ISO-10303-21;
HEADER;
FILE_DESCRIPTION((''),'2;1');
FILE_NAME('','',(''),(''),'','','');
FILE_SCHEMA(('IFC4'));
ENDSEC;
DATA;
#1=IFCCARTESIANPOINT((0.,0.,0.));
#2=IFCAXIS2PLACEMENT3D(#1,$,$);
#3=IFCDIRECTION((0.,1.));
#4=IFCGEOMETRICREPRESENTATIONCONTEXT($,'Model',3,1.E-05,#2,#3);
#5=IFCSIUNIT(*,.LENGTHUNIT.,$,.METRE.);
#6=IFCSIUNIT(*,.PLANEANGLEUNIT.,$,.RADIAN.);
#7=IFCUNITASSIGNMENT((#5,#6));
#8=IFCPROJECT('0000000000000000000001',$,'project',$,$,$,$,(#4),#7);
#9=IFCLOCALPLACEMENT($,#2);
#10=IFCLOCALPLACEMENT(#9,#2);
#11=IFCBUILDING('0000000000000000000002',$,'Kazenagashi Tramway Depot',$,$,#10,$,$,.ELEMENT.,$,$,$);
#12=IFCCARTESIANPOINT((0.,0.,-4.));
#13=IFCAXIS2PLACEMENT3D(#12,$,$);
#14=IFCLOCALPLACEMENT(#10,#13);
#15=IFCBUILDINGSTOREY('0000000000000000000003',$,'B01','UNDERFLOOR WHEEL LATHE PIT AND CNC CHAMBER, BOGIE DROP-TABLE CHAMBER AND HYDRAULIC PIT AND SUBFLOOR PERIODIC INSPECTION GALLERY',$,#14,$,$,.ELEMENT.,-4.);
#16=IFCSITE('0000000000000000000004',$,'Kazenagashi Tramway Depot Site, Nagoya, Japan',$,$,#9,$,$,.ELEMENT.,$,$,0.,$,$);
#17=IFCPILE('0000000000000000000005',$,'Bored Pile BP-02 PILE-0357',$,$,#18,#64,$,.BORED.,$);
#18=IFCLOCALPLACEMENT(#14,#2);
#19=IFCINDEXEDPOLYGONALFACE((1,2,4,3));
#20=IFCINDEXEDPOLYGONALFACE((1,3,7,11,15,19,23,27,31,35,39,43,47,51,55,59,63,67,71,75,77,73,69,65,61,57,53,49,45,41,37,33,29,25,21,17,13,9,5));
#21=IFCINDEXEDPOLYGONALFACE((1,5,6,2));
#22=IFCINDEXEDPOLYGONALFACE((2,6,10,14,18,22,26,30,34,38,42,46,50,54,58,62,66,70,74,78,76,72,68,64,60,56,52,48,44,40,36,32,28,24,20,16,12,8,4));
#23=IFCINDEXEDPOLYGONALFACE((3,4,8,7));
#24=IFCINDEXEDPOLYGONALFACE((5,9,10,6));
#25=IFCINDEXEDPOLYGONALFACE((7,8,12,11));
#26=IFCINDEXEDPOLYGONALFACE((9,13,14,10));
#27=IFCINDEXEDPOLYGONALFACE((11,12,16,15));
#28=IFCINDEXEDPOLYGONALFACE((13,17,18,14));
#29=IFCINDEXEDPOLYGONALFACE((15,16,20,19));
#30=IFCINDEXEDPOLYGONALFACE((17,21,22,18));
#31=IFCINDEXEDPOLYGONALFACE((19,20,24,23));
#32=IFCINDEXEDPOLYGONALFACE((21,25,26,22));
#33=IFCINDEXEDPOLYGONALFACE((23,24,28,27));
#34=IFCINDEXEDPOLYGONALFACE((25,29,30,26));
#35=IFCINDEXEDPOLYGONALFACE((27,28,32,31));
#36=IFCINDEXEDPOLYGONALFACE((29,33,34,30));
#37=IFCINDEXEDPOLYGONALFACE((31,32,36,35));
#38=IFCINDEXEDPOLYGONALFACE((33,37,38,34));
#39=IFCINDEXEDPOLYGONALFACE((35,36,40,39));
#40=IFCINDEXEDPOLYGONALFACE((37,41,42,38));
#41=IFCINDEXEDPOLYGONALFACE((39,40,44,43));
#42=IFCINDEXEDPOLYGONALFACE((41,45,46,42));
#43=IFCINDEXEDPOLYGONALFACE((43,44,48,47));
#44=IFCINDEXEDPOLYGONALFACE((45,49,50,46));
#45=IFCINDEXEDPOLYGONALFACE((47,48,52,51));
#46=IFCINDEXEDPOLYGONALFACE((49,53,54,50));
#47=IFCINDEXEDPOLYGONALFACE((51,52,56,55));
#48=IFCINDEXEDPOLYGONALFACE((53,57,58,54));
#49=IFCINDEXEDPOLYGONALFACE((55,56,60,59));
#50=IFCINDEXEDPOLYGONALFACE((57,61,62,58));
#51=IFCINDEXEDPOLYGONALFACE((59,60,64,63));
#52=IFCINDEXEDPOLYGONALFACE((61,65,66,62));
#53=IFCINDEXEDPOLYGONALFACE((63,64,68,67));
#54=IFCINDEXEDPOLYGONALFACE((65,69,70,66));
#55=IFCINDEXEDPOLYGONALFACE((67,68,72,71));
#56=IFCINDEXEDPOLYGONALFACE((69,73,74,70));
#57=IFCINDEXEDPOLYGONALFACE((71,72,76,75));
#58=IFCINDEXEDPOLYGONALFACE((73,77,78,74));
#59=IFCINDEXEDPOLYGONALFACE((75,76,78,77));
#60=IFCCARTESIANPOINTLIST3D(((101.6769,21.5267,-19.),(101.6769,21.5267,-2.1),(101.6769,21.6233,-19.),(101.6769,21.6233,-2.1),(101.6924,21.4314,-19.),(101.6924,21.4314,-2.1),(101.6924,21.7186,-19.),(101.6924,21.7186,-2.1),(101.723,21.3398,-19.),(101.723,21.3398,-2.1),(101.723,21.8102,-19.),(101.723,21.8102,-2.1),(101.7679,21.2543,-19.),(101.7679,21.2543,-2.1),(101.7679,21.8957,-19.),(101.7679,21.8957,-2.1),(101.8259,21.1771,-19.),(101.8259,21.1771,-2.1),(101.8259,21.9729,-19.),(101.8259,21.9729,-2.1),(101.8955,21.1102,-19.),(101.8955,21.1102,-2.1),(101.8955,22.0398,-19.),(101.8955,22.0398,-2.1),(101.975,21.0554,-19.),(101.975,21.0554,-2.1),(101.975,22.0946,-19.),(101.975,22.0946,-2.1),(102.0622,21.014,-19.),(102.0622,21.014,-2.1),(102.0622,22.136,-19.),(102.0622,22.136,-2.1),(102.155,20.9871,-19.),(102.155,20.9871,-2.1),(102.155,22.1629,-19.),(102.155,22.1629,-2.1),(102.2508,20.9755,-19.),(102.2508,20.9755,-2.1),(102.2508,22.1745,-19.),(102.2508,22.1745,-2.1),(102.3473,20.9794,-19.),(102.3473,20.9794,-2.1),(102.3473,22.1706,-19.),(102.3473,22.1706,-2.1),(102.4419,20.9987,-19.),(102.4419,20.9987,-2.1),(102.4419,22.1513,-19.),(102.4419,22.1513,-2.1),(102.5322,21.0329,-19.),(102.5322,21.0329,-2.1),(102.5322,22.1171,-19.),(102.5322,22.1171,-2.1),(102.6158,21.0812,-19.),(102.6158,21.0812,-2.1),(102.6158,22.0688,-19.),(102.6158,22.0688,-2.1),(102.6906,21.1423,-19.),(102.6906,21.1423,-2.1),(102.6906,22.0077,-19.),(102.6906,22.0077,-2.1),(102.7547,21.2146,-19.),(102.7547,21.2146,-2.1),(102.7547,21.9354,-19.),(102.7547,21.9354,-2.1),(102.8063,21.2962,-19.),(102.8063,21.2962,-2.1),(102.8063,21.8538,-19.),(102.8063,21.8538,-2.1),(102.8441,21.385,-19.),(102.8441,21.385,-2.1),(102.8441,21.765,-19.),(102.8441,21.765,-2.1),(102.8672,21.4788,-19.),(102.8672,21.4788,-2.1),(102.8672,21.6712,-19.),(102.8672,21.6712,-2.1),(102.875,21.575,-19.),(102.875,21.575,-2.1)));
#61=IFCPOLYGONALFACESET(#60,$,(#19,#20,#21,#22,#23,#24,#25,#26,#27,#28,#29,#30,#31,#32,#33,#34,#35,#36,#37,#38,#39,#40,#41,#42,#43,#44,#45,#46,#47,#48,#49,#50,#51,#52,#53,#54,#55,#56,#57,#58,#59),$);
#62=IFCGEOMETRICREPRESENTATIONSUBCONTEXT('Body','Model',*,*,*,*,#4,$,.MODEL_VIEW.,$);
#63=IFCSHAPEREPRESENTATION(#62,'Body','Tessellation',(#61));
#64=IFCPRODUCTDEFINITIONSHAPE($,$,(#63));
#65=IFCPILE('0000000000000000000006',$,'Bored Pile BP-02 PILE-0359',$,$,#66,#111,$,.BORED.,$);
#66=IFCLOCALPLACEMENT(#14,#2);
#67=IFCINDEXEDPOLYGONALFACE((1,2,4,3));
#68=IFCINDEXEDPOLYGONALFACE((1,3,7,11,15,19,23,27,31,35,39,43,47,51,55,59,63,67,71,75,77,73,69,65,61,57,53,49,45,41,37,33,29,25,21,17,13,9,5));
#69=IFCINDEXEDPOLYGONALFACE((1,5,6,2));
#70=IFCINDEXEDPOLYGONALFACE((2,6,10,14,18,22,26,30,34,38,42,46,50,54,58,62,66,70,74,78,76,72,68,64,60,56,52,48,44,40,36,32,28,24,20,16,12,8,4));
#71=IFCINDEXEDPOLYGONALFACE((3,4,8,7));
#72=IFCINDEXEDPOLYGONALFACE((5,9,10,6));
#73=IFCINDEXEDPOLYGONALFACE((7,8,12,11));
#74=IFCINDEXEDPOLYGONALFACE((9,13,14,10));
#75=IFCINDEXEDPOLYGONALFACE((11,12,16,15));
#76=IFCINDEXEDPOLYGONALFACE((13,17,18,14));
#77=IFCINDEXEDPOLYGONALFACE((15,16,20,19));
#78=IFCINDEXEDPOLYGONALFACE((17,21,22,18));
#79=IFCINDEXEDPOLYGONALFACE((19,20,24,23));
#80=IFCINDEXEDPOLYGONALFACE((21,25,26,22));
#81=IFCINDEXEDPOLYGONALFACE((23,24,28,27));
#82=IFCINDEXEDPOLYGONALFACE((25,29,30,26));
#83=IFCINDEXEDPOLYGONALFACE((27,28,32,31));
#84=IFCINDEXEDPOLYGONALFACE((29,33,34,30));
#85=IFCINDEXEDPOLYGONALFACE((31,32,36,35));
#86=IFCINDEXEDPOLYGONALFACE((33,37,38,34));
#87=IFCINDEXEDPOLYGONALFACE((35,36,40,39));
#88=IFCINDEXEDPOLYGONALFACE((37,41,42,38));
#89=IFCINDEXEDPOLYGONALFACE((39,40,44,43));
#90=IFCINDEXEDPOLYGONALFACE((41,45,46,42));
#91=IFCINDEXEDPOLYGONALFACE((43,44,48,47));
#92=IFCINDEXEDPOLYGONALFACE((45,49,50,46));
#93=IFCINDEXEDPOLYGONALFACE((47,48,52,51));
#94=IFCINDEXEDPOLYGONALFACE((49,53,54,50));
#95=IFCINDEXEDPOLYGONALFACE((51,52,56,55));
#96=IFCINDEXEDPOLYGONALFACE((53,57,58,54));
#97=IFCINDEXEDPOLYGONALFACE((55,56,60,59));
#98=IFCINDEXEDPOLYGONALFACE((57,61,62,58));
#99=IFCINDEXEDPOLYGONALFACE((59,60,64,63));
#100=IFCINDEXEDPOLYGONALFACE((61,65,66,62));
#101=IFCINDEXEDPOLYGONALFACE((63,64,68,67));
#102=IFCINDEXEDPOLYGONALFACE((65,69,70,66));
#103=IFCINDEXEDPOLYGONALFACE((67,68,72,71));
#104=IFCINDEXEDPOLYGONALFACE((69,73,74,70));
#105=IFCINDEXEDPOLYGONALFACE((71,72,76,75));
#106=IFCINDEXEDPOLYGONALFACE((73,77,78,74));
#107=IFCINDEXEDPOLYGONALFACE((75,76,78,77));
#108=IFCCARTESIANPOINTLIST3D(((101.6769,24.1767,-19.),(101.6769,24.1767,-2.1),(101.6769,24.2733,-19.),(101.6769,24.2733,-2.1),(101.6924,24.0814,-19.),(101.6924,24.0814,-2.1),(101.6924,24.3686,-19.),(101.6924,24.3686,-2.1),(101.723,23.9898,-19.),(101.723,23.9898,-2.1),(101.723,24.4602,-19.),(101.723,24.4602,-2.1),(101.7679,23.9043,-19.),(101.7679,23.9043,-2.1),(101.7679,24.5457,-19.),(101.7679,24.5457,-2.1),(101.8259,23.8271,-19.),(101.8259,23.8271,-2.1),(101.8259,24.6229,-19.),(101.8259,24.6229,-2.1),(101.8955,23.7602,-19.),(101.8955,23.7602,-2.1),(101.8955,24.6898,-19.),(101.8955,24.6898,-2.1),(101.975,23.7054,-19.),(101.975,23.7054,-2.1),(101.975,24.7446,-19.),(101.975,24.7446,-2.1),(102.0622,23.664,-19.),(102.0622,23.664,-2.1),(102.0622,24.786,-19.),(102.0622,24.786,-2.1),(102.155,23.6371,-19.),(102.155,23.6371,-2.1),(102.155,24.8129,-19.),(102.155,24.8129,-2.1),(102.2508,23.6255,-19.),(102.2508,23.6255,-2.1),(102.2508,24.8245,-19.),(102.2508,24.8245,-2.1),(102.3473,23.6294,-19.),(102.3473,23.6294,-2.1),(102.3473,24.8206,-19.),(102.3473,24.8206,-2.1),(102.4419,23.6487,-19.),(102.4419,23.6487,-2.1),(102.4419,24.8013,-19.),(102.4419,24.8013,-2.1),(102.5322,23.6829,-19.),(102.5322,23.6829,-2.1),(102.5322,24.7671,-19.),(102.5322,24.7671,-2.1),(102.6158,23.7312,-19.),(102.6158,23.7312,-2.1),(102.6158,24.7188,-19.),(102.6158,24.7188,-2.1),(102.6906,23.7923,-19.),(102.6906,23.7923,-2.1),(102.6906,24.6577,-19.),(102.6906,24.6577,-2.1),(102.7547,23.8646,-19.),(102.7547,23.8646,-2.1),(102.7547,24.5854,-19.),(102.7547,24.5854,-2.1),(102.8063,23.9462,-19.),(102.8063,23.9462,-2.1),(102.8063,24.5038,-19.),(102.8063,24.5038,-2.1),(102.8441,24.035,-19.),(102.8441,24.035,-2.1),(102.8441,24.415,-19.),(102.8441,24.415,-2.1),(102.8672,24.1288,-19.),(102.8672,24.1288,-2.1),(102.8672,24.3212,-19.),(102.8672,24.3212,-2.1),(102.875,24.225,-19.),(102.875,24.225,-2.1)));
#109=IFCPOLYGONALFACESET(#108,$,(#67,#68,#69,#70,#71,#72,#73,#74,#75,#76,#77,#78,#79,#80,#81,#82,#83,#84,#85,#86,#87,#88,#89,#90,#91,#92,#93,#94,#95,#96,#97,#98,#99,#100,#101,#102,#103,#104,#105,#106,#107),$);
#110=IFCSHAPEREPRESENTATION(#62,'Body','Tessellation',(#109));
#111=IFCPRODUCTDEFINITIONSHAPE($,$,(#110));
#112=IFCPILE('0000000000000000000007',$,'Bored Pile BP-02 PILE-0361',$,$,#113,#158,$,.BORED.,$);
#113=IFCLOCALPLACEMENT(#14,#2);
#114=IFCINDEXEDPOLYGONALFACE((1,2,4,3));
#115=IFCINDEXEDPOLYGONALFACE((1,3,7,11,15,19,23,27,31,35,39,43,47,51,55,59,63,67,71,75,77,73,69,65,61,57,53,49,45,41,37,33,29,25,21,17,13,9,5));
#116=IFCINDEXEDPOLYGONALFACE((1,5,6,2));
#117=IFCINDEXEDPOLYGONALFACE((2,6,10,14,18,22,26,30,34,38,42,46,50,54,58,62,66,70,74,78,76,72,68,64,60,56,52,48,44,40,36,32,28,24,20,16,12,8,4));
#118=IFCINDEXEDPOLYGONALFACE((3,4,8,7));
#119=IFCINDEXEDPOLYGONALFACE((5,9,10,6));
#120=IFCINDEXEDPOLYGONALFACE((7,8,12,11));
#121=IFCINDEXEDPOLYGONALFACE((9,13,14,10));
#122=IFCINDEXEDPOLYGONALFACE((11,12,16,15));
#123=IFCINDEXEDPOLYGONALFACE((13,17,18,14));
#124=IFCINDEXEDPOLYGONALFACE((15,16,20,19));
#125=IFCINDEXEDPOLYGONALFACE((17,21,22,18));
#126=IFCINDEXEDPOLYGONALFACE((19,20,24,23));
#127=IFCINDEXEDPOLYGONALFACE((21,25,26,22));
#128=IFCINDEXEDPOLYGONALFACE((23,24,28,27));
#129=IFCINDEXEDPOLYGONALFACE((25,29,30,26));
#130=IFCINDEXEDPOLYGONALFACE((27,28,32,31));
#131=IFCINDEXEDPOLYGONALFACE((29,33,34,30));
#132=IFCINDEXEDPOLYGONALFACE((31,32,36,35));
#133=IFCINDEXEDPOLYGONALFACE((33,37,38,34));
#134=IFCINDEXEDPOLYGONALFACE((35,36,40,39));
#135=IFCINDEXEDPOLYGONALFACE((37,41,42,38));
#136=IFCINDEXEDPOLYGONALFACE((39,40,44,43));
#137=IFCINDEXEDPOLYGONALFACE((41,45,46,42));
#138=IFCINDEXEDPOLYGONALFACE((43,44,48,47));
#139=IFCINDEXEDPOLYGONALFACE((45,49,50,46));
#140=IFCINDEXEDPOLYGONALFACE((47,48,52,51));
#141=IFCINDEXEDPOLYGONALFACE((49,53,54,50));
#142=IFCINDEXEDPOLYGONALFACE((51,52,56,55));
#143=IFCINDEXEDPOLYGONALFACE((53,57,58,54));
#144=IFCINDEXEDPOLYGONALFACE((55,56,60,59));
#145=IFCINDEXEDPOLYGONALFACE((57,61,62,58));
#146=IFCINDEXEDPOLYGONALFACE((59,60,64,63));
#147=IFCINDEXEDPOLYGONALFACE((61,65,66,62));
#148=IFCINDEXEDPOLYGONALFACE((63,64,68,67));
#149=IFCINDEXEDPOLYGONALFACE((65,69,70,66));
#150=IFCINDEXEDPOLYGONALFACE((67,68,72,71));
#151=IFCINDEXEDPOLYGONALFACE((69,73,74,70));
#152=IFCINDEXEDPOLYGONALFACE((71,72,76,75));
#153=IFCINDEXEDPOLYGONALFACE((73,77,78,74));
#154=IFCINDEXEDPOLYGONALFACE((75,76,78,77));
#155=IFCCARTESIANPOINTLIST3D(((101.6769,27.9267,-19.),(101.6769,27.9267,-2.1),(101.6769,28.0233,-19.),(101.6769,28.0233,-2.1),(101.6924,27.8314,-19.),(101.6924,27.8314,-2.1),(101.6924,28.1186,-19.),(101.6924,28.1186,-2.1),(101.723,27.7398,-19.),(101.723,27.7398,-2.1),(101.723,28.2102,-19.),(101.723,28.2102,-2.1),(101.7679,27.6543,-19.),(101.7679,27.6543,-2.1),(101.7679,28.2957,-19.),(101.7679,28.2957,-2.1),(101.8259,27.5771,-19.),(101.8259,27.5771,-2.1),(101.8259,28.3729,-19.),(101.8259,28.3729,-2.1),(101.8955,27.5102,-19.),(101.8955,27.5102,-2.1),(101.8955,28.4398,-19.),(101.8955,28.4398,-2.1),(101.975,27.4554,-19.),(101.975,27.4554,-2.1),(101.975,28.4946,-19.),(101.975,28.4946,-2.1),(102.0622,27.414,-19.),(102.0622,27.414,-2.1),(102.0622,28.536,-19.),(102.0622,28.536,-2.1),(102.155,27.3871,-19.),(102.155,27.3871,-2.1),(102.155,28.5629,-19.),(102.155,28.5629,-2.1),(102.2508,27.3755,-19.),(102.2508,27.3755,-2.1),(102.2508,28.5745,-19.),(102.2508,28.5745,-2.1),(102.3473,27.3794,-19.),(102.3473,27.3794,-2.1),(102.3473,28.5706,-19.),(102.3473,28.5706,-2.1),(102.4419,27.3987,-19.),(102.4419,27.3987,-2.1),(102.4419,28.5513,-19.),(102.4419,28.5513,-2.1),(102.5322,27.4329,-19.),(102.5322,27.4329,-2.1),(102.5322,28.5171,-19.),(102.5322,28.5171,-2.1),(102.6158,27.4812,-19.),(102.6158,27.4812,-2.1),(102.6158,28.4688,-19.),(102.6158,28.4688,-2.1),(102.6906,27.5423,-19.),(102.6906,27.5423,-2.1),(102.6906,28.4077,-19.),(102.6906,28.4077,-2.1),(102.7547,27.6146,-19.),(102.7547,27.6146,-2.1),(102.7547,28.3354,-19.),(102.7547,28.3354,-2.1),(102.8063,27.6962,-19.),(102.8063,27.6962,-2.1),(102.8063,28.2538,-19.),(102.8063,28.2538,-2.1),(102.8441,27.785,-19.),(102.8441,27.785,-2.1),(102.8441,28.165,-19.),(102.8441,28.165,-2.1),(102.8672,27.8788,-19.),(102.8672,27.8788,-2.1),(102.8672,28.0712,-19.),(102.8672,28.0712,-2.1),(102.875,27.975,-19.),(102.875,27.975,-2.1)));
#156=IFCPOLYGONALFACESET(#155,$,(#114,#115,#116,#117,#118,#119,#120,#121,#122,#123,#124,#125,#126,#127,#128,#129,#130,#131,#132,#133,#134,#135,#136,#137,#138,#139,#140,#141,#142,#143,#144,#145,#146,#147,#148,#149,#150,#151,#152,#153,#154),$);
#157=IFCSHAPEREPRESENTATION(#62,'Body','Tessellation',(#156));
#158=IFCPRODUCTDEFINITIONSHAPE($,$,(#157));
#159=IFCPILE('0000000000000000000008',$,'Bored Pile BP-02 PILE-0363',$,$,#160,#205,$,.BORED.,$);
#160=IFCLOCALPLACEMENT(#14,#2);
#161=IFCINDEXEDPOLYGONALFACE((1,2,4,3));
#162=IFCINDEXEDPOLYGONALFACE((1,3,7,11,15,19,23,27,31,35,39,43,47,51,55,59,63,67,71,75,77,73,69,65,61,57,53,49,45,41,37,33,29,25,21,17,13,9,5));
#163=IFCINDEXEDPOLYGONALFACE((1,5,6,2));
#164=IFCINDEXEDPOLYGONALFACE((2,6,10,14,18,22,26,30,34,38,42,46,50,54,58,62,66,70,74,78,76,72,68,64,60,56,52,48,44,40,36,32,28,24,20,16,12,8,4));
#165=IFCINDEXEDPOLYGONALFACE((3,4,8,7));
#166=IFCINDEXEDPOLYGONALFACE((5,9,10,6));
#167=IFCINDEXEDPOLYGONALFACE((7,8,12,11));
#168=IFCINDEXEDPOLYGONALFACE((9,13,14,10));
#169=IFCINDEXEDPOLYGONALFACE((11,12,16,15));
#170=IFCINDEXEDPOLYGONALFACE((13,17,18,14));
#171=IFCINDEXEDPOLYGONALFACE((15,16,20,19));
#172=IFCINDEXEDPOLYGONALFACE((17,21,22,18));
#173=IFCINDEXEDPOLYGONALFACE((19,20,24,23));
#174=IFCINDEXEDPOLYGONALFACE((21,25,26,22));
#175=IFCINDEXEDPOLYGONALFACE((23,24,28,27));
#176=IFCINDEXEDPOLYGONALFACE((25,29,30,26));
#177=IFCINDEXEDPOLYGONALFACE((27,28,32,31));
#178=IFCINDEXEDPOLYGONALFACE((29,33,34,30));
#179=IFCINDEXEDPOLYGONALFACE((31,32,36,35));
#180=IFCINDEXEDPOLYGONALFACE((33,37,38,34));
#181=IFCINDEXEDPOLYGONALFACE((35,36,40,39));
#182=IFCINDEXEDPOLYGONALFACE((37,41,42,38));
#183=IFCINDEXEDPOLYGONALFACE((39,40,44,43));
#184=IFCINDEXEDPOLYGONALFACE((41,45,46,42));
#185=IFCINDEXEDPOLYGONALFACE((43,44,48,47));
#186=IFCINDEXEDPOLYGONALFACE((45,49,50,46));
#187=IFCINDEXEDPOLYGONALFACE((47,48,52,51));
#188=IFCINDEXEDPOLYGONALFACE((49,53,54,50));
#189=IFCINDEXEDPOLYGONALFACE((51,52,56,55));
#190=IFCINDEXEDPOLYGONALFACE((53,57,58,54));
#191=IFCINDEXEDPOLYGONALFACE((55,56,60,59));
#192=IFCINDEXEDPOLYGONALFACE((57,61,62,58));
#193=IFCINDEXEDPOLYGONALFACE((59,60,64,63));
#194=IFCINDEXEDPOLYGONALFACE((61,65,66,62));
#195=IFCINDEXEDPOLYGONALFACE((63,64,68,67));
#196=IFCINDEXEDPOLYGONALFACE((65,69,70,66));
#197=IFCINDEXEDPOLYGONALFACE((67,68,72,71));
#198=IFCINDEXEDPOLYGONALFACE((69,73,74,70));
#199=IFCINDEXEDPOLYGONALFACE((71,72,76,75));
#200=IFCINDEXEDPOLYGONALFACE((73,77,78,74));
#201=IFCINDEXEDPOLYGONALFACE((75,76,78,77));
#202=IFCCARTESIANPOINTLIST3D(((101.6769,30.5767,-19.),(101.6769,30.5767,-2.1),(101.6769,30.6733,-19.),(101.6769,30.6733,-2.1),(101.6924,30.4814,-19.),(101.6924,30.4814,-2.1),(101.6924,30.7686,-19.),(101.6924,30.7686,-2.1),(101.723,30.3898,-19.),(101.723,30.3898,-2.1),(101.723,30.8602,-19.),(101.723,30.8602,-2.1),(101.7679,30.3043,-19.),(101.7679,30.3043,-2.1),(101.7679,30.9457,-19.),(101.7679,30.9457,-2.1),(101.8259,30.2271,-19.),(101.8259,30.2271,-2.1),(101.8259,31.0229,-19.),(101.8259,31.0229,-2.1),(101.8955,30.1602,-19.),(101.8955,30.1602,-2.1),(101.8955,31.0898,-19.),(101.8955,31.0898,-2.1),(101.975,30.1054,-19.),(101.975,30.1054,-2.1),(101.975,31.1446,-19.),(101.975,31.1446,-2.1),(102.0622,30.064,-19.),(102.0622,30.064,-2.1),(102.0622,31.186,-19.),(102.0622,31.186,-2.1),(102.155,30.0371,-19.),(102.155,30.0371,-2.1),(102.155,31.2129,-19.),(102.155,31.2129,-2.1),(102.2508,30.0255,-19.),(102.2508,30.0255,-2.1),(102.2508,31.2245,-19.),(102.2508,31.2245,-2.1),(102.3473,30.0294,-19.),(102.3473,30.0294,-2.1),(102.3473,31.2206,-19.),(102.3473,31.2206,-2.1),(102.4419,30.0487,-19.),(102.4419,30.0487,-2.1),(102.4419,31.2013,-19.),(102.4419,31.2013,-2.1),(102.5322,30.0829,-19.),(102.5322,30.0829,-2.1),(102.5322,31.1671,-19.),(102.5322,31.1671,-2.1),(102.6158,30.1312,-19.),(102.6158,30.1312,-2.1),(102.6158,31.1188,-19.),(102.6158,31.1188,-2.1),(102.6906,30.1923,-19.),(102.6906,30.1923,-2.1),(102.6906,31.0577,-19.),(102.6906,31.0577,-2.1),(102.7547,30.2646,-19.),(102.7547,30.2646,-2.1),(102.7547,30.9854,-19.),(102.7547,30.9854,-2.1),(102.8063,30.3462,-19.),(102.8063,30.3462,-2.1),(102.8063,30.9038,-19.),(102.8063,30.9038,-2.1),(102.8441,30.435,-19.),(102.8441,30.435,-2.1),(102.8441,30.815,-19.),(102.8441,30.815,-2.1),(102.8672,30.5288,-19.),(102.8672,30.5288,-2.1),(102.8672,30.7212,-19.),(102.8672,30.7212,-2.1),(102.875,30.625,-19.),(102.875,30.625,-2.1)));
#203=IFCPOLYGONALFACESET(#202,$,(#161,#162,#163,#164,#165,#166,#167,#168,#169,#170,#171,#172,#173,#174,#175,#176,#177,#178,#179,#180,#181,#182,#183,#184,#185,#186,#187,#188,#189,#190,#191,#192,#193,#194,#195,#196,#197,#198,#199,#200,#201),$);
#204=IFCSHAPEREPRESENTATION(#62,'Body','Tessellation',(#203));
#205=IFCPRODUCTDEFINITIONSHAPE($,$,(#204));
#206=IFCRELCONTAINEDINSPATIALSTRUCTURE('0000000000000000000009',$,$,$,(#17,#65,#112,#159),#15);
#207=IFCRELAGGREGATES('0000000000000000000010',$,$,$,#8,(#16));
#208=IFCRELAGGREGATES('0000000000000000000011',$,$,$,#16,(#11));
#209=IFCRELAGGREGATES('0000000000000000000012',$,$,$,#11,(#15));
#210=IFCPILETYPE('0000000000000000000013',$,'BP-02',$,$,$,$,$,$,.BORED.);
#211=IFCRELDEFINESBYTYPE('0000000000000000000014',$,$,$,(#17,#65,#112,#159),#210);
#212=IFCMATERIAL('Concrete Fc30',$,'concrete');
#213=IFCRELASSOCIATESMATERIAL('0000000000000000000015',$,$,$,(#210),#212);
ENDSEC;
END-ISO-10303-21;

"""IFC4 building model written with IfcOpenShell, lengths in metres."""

from ifc_helpers import new_model, si_unit, direction, frame, origin, origin_2d, place, context, subcontext, project, spatial, circle, extrude, material, material_profile, profile_set, type_object, element, save


model = new_model("IFC4")

# Units and contexts
model_context = context("Model", 3, precision=1e-05, world=origin(), true_north=direction((0.0, 1.0)))
body_context = subcontext(model_context, "Body", "Model", "MODEL_VIEW")
ifc_project = project(units=[si_unit("LENGTHUNIT", "METRE"), si_unit("PLANEANGLEUNIT", "RADIAN")], contexts=[model_context])

# Site, building, storey
site_placement = place(None, origin())
site = spatial("IfcSite", under=ifc_project, at=site_placement, Name="Kazenagashi Tramway Depot Site, Nagoya, Japan", CompositionType="ELEMENT", RefElevation=0.0)
building_placement = place(site_placement, origin())
building = spatial("IfcBuilding", under=site, at=building_placement, Name="Kazenagashi Tramway Depot", CompositionType="ELEMENT")
storey_placement = place(building_placement, frame((0.0, 0.0, -4.0)))
storey = spatial("IfcBuildingStorey", under=building, at=storey_placement, Name="B01", Description="UNDERFLOOR WHEEL LATHE PIT AND CNC CHAMBER, BOGIE DROP-TABLE CHAMBER AND HYDRAULIC PIT AND SUBFLOOR PERIODIC INSPECTION GALLERY", CompositionType="ELEMENT", Elevation=-4.0)

# Piles
ifc_material_1 = material(Name="Concrete Fc30", Category="concrete")
ifc_material_profile_1 = material_profile(ifc_material_1, circle(Radius=0.6, at=origin_2d()), Name="PILE-1200")
ifc_profile_set_1 = profile_set([ifc_material_profile_1], Name="Concrete Fc30")
pile_type_1 = type_object("IfcPileType", Name="BP-02", PredefinedType="BORED", material=ifc_profile_set_1)
for number, where, z_axis, x_axis, name in (
    (1, (102.275, 21.575, -2.1), (0.0, 0.0, -1.0), (1.0, 0.0, 0.0), "Bored Pile BP-02 PILE-0357"),
    (2, (102.275, 24.225, -2.1), (0.0, 0.0, -1.0), (1.0, 0.0, 0.0), "Bored Pile BP-02 PILE-0359"),
    (3, (102.275, 27.975, -2.1), (0.0, 0.0, -1.0), (1.0, 0.0, 0.0), "Bored Pile BP-02 PILE-0361"),
    (4, (102.275, 30.625, -2.1), (0.0, 0.0, -1.0), (1.0, 0.0, 0.0), "Bored Pile BP-02 PILE-0363"),
):
    element("IfcPile", number, at=place(storey_placement, frame(where, z_axis=z_axis, x_axis=x_axis)), inside=storey, type_object=pile_type_1, Name=name, PredefinedType="BORED", context=body_context, shape_type="SweptSolid", body=[
        extrude(circle(Radius=0.6, at=origin_2d()), origin(), (0.0, 0.0, 1.0), 16.9),
    ])

save(model, "model.ifc")
